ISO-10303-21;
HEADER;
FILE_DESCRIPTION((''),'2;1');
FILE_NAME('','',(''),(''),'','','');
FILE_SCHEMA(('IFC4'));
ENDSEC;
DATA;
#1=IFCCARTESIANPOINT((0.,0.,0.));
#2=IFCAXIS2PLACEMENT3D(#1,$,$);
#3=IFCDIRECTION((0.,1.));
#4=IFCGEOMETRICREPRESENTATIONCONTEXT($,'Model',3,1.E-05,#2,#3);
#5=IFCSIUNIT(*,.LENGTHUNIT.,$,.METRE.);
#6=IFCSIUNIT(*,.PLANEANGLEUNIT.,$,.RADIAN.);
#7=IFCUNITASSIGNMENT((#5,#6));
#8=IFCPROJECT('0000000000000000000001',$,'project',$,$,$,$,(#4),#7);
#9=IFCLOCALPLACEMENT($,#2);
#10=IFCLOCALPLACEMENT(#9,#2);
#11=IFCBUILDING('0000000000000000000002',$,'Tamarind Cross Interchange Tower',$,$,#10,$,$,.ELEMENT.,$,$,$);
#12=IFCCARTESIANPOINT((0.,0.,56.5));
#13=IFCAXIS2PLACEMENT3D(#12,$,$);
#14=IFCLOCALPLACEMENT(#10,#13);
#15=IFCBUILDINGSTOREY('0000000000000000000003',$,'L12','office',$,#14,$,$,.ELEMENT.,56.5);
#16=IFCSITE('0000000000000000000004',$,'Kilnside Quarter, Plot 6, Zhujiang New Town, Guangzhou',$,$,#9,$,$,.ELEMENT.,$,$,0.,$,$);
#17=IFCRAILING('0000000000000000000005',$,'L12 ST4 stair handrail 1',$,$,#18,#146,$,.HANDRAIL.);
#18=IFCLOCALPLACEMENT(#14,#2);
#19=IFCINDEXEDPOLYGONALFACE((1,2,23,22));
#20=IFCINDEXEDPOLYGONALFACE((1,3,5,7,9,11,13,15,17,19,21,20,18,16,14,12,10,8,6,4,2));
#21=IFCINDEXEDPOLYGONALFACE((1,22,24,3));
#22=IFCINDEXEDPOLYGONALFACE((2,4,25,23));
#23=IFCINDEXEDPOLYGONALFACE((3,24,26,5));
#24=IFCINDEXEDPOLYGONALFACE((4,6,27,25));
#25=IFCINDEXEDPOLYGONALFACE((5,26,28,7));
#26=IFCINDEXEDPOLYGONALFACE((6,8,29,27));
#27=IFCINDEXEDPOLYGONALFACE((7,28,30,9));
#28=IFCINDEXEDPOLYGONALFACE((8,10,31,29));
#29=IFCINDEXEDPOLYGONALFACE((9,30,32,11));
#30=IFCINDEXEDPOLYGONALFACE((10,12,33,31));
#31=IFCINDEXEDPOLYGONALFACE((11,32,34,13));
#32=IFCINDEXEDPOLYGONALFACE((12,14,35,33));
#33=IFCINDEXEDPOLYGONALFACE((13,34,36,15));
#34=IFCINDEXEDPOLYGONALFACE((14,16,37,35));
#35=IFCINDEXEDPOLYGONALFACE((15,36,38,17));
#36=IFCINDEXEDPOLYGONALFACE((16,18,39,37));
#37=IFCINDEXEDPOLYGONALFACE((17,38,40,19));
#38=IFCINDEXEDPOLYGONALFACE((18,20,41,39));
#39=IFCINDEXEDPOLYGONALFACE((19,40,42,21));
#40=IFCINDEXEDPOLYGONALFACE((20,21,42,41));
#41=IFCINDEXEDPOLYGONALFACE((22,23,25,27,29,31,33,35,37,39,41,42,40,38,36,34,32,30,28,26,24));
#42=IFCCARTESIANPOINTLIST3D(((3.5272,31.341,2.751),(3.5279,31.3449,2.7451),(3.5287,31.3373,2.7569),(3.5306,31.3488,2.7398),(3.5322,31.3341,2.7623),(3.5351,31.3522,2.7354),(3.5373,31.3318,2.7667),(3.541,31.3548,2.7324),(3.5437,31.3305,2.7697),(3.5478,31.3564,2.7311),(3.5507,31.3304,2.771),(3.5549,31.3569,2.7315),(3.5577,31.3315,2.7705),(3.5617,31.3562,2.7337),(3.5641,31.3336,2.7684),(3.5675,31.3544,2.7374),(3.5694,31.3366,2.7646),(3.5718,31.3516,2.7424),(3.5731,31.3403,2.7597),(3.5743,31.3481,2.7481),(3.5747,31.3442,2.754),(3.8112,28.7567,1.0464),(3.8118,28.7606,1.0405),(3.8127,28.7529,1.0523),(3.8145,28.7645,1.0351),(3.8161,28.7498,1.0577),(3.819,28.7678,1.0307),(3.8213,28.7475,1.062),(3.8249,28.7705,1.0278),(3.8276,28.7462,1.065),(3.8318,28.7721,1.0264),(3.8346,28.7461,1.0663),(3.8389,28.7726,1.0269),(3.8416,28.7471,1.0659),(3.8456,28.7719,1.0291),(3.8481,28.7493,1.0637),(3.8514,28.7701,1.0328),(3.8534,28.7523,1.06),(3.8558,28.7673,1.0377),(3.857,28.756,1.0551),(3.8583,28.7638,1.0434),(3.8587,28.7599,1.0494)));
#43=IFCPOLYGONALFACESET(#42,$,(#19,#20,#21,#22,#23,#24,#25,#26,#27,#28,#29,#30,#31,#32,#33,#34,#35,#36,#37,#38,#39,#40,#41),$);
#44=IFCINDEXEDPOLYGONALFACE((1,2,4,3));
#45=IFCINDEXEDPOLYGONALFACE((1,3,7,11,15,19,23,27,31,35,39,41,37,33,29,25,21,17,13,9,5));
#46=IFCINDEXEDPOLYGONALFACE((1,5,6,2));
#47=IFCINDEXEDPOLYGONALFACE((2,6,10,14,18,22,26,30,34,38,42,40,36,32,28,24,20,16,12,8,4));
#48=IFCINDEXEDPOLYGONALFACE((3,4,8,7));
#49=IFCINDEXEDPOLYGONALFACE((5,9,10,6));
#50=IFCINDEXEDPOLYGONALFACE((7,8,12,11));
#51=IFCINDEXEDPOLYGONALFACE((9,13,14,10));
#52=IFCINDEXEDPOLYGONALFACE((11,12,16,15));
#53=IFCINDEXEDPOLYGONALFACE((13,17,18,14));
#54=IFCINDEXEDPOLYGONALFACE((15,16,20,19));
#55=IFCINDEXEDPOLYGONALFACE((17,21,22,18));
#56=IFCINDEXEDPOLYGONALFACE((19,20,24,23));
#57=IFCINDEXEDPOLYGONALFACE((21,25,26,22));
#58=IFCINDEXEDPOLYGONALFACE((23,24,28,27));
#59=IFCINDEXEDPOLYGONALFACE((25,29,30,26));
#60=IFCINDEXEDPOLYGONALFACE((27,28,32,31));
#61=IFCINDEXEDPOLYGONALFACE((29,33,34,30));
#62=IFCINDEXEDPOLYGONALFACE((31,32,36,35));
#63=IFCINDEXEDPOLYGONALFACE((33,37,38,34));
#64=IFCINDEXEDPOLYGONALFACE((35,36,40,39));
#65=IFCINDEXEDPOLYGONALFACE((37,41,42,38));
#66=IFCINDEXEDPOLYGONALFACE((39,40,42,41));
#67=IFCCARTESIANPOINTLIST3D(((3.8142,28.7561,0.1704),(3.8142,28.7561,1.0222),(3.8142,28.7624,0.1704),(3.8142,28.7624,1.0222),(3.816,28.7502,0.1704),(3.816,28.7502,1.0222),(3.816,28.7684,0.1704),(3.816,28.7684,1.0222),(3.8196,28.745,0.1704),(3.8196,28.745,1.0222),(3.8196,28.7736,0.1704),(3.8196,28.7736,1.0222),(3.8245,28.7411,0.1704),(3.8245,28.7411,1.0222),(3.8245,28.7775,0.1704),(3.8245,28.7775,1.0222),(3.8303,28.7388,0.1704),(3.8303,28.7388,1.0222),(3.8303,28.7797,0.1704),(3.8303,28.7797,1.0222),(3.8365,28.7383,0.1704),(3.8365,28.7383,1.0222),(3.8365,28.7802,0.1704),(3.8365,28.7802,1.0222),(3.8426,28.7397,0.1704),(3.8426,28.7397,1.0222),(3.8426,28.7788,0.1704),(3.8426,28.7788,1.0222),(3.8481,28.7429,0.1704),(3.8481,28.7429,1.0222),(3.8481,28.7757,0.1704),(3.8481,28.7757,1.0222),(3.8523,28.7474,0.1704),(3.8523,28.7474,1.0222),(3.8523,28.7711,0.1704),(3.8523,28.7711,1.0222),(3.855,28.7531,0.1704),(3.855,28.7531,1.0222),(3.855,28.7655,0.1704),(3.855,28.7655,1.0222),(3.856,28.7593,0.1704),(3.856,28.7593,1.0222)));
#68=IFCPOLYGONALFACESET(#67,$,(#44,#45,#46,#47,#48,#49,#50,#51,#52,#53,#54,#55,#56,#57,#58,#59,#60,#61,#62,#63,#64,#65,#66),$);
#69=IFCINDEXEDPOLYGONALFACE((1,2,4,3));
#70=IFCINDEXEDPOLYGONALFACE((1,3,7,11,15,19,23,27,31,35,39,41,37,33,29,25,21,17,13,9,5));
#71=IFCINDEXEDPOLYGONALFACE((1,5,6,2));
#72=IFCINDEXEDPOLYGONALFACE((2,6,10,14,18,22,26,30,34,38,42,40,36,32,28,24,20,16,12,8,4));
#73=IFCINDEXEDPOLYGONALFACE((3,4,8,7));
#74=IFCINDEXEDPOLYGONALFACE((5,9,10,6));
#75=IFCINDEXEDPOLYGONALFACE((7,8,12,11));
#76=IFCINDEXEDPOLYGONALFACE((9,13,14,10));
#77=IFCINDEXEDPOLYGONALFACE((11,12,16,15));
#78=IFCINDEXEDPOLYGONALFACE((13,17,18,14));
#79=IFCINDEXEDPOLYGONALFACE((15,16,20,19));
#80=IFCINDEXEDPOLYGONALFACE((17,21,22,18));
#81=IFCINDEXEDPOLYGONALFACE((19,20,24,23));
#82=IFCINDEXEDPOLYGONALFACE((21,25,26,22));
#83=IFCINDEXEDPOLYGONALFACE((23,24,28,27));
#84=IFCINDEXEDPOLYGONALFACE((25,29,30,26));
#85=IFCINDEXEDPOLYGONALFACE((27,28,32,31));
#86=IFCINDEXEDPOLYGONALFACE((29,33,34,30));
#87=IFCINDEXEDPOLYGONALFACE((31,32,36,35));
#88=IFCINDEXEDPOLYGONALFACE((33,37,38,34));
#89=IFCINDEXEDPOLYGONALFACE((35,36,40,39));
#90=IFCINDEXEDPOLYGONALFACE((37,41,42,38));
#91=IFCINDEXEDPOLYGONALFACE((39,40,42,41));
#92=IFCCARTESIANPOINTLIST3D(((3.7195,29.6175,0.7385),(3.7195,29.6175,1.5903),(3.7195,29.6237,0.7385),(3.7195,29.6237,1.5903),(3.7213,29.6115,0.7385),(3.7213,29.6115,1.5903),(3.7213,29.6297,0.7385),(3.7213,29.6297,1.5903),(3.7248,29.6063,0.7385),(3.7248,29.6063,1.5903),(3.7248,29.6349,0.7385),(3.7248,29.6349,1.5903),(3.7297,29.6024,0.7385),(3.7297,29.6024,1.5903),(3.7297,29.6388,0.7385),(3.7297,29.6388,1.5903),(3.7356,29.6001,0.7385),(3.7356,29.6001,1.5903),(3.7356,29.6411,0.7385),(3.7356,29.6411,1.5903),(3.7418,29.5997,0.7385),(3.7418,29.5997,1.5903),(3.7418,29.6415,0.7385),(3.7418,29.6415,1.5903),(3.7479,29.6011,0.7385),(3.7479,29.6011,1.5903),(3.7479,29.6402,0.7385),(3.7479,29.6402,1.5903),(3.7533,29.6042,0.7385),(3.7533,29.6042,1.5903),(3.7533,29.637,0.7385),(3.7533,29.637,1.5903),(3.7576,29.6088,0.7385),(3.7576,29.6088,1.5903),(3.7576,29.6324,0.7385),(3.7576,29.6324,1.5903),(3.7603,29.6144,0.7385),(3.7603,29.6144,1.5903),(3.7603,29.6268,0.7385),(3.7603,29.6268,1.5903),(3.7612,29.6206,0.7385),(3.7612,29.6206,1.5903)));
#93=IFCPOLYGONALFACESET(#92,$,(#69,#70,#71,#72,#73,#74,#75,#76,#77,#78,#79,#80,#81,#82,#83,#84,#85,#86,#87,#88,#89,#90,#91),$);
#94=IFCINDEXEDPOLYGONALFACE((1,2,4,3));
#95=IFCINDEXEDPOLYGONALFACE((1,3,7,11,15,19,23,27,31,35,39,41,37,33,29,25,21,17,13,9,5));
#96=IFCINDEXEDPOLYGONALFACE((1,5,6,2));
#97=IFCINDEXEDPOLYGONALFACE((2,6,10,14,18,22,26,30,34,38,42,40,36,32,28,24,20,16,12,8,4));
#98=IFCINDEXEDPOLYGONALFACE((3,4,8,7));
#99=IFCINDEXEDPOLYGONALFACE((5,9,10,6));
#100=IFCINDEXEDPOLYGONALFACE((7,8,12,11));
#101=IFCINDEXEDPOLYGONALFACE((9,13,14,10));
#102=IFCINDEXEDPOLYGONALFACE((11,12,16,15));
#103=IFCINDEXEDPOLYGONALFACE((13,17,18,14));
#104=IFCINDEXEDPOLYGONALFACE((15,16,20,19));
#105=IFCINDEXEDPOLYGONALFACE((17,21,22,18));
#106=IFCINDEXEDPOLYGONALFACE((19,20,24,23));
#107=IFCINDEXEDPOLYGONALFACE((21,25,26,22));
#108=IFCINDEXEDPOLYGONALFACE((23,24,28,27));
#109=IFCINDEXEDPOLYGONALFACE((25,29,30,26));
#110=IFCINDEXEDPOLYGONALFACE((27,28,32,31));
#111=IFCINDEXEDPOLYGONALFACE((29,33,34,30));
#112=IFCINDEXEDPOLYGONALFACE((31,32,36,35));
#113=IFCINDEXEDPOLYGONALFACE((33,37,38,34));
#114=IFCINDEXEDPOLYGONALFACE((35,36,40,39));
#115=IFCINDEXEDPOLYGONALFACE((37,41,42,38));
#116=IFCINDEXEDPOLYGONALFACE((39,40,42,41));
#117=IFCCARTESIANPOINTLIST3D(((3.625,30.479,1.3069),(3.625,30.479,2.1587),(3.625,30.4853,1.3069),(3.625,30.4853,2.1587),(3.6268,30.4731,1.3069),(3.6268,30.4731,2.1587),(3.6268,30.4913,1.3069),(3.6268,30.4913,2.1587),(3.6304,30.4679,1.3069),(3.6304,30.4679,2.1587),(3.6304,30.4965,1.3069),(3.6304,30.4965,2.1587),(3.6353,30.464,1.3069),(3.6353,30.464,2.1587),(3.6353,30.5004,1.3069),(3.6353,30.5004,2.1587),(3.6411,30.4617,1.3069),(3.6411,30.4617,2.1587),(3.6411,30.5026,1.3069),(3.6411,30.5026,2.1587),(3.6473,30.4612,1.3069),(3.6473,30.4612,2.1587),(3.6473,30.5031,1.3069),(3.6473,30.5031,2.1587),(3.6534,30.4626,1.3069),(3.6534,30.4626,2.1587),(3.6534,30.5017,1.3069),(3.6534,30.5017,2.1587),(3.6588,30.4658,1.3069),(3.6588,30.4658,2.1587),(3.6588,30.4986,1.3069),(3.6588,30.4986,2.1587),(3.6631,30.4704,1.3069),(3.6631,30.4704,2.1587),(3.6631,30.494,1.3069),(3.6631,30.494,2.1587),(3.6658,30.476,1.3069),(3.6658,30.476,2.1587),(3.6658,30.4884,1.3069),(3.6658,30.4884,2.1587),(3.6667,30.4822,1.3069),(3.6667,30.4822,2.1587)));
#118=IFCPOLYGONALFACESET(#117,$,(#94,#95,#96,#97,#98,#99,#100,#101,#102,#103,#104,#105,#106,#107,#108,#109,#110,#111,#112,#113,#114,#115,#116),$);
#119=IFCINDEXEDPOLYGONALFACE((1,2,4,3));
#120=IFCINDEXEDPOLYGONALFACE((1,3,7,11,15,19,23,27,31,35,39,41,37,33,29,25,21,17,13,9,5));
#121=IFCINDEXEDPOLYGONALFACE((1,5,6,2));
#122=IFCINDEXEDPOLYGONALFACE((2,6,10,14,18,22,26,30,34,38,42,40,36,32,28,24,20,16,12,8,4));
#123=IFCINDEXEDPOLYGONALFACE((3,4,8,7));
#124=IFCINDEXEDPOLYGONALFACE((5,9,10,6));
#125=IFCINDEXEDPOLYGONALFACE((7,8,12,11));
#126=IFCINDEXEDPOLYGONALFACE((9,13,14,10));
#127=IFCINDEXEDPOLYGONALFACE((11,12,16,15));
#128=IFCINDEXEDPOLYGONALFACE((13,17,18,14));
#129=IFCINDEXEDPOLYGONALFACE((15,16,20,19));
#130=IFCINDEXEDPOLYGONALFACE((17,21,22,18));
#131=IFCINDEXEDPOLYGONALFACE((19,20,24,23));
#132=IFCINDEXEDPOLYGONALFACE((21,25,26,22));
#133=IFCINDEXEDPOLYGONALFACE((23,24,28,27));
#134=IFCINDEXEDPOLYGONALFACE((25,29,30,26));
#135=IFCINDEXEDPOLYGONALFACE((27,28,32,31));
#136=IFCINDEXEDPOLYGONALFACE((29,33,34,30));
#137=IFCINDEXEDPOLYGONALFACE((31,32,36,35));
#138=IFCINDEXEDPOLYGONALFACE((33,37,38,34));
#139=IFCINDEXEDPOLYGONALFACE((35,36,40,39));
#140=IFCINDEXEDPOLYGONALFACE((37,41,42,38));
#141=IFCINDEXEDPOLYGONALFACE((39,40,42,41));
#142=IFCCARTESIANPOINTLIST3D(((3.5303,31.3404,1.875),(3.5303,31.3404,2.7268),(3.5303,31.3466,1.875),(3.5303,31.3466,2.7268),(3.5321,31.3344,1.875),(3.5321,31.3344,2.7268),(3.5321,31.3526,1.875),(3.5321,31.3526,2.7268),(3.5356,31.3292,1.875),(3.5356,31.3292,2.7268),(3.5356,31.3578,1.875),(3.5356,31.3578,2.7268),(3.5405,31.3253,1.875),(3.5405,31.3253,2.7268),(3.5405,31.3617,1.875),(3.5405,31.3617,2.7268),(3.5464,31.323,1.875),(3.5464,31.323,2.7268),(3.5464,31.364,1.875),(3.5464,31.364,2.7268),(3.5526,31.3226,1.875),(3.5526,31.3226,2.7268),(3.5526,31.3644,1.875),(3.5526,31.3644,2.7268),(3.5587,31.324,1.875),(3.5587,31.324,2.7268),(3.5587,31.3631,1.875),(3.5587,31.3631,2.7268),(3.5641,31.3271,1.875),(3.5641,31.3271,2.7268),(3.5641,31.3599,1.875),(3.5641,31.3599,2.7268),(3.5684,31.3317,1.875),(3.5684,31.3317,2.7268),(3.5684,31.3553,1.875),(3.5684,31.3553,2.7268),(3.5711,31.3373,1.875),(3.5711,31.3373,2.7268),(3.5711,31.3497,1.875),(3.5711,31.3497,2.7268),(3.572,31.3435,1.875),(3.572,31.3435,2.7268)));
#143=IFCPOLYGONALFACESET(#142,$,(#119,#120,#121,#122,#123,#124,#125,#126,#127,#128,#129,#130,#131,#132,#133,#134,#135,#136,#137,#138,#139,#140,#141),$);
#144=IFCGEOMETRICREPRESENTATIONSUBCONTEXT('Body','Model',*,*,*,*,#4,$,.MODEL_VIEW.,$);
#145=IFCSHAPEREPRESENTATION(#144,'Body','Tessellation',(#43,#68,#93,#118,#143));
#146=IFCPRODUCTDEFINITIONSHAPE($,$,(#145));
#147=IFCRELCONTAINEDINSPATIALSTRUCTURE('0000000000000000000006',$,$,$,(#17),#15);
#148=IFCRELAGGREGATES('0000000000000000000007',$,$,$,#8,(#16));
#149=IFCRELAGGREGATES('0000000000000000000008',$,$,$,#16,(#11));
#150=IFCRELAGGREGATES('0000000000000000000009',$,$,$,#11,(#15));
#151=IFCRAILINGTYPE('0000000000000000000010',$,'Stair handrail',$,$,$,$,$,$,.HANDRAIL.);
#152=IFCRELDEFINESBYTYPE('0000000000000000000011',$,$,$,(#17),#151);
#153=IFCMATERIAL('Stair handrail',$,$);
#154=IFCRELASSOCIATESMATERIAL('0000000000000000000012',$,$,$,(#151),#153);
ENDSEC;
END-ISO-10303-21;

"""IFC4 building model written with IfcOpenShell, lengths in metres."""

from ifc_helpers import new_model, si_unit, direction, frame, origin, origin_2d, place, context, subcontext, project, spatial, circle, extrude, material, type_object, element, save


model = new_model("IFC4")

# Units and contexts
model_context = context("Model", 3, precision=1e-05, world=origin(), true_north=direction((0.0, 1.0)))
body_context = subcontext(model_context, "Body", "Model", "MODEL_VIEW")
ifc_project = project(units=[si_unit("LENGTHUNIT", "METRE"), si_unit("PLANEANGLEUNIT", "RADIAN")], contexts=[model_context])

# Site, building, storey
site_placement = place(None, origin())
site = spatial("IfcSite", under=ifc_project, at=site_placement, Name="Kilnside Quarter, Plot 6, Zhujiang New Town, Guangzhou", CompositionType="ELEMENT", RefElevation=0.0)
building_placement = place(site_placement, origin())
building = spatial("IfcBuilding", under=site, at=building_placement, Name="Tamarind Cross Interchange Tower", CompositionType="ELEMENT")
storey_placement = place(building_placement, frame((0.0, 0.0, 56.5)))
storey = spatial("IfcBuildingStorey", under=building, at=storey_placement, Name="L12", Description="office", CompositionType="ELEMENT", Elevation=56.5)

# Railing
ifc_material_1 = material(Name="Stair handrail")
railing_type_1 = type_object("IfcRailingType", Name="Stair handrail", PredefinedType="HANDRAIL", material=ifc_material_1)
railing_1_placement = place(storey_placement, frame((3.835, 28.7593, 0.1704)))
element("IfcRailing", 1, at=railing_1_placement, inside=storey, type_object=railing_type_1, Name="L12 ST4 stair handrail 1", PredefinedType="HANDRAIL", context=body_context, shape_type="SweptSolid", body=[
    extrude(circle(Radius=0.0239, at=origin_2d()), frame((0.0, 0.0, 0.876), z_axis=(-0.091334, 0.831269, 0.548316), x_axis=(-0.994018, -0.109215, 0.0)), (0.0, 0.0, 1.0), 3.1089),
    extrude(circle(Radius=0.021, at=origin_2d()), origin(), (0.0, 0.0, 1.0), 0.8518),
    extrude(circle(Radius=0.021, at=origin_2d()), frame((-0.0947, 0.8613, 0.5681)), (0.0, 0.0, 1.0), 0.8518),
    extrude(circle(Radius=0.021, at=origin_2d()), frame((-0.1892, 1.7229, 1.1365)), (0.0, 0.0, 1.0), 0.8518),
    extrude(circle(Radius=0.021, at=origin_2d()), frame((-0.2839, 2.5842, 1.7046)), (0.0, 0.0, 1.0), 0.8518),
])

save(model, "model.ifc")
